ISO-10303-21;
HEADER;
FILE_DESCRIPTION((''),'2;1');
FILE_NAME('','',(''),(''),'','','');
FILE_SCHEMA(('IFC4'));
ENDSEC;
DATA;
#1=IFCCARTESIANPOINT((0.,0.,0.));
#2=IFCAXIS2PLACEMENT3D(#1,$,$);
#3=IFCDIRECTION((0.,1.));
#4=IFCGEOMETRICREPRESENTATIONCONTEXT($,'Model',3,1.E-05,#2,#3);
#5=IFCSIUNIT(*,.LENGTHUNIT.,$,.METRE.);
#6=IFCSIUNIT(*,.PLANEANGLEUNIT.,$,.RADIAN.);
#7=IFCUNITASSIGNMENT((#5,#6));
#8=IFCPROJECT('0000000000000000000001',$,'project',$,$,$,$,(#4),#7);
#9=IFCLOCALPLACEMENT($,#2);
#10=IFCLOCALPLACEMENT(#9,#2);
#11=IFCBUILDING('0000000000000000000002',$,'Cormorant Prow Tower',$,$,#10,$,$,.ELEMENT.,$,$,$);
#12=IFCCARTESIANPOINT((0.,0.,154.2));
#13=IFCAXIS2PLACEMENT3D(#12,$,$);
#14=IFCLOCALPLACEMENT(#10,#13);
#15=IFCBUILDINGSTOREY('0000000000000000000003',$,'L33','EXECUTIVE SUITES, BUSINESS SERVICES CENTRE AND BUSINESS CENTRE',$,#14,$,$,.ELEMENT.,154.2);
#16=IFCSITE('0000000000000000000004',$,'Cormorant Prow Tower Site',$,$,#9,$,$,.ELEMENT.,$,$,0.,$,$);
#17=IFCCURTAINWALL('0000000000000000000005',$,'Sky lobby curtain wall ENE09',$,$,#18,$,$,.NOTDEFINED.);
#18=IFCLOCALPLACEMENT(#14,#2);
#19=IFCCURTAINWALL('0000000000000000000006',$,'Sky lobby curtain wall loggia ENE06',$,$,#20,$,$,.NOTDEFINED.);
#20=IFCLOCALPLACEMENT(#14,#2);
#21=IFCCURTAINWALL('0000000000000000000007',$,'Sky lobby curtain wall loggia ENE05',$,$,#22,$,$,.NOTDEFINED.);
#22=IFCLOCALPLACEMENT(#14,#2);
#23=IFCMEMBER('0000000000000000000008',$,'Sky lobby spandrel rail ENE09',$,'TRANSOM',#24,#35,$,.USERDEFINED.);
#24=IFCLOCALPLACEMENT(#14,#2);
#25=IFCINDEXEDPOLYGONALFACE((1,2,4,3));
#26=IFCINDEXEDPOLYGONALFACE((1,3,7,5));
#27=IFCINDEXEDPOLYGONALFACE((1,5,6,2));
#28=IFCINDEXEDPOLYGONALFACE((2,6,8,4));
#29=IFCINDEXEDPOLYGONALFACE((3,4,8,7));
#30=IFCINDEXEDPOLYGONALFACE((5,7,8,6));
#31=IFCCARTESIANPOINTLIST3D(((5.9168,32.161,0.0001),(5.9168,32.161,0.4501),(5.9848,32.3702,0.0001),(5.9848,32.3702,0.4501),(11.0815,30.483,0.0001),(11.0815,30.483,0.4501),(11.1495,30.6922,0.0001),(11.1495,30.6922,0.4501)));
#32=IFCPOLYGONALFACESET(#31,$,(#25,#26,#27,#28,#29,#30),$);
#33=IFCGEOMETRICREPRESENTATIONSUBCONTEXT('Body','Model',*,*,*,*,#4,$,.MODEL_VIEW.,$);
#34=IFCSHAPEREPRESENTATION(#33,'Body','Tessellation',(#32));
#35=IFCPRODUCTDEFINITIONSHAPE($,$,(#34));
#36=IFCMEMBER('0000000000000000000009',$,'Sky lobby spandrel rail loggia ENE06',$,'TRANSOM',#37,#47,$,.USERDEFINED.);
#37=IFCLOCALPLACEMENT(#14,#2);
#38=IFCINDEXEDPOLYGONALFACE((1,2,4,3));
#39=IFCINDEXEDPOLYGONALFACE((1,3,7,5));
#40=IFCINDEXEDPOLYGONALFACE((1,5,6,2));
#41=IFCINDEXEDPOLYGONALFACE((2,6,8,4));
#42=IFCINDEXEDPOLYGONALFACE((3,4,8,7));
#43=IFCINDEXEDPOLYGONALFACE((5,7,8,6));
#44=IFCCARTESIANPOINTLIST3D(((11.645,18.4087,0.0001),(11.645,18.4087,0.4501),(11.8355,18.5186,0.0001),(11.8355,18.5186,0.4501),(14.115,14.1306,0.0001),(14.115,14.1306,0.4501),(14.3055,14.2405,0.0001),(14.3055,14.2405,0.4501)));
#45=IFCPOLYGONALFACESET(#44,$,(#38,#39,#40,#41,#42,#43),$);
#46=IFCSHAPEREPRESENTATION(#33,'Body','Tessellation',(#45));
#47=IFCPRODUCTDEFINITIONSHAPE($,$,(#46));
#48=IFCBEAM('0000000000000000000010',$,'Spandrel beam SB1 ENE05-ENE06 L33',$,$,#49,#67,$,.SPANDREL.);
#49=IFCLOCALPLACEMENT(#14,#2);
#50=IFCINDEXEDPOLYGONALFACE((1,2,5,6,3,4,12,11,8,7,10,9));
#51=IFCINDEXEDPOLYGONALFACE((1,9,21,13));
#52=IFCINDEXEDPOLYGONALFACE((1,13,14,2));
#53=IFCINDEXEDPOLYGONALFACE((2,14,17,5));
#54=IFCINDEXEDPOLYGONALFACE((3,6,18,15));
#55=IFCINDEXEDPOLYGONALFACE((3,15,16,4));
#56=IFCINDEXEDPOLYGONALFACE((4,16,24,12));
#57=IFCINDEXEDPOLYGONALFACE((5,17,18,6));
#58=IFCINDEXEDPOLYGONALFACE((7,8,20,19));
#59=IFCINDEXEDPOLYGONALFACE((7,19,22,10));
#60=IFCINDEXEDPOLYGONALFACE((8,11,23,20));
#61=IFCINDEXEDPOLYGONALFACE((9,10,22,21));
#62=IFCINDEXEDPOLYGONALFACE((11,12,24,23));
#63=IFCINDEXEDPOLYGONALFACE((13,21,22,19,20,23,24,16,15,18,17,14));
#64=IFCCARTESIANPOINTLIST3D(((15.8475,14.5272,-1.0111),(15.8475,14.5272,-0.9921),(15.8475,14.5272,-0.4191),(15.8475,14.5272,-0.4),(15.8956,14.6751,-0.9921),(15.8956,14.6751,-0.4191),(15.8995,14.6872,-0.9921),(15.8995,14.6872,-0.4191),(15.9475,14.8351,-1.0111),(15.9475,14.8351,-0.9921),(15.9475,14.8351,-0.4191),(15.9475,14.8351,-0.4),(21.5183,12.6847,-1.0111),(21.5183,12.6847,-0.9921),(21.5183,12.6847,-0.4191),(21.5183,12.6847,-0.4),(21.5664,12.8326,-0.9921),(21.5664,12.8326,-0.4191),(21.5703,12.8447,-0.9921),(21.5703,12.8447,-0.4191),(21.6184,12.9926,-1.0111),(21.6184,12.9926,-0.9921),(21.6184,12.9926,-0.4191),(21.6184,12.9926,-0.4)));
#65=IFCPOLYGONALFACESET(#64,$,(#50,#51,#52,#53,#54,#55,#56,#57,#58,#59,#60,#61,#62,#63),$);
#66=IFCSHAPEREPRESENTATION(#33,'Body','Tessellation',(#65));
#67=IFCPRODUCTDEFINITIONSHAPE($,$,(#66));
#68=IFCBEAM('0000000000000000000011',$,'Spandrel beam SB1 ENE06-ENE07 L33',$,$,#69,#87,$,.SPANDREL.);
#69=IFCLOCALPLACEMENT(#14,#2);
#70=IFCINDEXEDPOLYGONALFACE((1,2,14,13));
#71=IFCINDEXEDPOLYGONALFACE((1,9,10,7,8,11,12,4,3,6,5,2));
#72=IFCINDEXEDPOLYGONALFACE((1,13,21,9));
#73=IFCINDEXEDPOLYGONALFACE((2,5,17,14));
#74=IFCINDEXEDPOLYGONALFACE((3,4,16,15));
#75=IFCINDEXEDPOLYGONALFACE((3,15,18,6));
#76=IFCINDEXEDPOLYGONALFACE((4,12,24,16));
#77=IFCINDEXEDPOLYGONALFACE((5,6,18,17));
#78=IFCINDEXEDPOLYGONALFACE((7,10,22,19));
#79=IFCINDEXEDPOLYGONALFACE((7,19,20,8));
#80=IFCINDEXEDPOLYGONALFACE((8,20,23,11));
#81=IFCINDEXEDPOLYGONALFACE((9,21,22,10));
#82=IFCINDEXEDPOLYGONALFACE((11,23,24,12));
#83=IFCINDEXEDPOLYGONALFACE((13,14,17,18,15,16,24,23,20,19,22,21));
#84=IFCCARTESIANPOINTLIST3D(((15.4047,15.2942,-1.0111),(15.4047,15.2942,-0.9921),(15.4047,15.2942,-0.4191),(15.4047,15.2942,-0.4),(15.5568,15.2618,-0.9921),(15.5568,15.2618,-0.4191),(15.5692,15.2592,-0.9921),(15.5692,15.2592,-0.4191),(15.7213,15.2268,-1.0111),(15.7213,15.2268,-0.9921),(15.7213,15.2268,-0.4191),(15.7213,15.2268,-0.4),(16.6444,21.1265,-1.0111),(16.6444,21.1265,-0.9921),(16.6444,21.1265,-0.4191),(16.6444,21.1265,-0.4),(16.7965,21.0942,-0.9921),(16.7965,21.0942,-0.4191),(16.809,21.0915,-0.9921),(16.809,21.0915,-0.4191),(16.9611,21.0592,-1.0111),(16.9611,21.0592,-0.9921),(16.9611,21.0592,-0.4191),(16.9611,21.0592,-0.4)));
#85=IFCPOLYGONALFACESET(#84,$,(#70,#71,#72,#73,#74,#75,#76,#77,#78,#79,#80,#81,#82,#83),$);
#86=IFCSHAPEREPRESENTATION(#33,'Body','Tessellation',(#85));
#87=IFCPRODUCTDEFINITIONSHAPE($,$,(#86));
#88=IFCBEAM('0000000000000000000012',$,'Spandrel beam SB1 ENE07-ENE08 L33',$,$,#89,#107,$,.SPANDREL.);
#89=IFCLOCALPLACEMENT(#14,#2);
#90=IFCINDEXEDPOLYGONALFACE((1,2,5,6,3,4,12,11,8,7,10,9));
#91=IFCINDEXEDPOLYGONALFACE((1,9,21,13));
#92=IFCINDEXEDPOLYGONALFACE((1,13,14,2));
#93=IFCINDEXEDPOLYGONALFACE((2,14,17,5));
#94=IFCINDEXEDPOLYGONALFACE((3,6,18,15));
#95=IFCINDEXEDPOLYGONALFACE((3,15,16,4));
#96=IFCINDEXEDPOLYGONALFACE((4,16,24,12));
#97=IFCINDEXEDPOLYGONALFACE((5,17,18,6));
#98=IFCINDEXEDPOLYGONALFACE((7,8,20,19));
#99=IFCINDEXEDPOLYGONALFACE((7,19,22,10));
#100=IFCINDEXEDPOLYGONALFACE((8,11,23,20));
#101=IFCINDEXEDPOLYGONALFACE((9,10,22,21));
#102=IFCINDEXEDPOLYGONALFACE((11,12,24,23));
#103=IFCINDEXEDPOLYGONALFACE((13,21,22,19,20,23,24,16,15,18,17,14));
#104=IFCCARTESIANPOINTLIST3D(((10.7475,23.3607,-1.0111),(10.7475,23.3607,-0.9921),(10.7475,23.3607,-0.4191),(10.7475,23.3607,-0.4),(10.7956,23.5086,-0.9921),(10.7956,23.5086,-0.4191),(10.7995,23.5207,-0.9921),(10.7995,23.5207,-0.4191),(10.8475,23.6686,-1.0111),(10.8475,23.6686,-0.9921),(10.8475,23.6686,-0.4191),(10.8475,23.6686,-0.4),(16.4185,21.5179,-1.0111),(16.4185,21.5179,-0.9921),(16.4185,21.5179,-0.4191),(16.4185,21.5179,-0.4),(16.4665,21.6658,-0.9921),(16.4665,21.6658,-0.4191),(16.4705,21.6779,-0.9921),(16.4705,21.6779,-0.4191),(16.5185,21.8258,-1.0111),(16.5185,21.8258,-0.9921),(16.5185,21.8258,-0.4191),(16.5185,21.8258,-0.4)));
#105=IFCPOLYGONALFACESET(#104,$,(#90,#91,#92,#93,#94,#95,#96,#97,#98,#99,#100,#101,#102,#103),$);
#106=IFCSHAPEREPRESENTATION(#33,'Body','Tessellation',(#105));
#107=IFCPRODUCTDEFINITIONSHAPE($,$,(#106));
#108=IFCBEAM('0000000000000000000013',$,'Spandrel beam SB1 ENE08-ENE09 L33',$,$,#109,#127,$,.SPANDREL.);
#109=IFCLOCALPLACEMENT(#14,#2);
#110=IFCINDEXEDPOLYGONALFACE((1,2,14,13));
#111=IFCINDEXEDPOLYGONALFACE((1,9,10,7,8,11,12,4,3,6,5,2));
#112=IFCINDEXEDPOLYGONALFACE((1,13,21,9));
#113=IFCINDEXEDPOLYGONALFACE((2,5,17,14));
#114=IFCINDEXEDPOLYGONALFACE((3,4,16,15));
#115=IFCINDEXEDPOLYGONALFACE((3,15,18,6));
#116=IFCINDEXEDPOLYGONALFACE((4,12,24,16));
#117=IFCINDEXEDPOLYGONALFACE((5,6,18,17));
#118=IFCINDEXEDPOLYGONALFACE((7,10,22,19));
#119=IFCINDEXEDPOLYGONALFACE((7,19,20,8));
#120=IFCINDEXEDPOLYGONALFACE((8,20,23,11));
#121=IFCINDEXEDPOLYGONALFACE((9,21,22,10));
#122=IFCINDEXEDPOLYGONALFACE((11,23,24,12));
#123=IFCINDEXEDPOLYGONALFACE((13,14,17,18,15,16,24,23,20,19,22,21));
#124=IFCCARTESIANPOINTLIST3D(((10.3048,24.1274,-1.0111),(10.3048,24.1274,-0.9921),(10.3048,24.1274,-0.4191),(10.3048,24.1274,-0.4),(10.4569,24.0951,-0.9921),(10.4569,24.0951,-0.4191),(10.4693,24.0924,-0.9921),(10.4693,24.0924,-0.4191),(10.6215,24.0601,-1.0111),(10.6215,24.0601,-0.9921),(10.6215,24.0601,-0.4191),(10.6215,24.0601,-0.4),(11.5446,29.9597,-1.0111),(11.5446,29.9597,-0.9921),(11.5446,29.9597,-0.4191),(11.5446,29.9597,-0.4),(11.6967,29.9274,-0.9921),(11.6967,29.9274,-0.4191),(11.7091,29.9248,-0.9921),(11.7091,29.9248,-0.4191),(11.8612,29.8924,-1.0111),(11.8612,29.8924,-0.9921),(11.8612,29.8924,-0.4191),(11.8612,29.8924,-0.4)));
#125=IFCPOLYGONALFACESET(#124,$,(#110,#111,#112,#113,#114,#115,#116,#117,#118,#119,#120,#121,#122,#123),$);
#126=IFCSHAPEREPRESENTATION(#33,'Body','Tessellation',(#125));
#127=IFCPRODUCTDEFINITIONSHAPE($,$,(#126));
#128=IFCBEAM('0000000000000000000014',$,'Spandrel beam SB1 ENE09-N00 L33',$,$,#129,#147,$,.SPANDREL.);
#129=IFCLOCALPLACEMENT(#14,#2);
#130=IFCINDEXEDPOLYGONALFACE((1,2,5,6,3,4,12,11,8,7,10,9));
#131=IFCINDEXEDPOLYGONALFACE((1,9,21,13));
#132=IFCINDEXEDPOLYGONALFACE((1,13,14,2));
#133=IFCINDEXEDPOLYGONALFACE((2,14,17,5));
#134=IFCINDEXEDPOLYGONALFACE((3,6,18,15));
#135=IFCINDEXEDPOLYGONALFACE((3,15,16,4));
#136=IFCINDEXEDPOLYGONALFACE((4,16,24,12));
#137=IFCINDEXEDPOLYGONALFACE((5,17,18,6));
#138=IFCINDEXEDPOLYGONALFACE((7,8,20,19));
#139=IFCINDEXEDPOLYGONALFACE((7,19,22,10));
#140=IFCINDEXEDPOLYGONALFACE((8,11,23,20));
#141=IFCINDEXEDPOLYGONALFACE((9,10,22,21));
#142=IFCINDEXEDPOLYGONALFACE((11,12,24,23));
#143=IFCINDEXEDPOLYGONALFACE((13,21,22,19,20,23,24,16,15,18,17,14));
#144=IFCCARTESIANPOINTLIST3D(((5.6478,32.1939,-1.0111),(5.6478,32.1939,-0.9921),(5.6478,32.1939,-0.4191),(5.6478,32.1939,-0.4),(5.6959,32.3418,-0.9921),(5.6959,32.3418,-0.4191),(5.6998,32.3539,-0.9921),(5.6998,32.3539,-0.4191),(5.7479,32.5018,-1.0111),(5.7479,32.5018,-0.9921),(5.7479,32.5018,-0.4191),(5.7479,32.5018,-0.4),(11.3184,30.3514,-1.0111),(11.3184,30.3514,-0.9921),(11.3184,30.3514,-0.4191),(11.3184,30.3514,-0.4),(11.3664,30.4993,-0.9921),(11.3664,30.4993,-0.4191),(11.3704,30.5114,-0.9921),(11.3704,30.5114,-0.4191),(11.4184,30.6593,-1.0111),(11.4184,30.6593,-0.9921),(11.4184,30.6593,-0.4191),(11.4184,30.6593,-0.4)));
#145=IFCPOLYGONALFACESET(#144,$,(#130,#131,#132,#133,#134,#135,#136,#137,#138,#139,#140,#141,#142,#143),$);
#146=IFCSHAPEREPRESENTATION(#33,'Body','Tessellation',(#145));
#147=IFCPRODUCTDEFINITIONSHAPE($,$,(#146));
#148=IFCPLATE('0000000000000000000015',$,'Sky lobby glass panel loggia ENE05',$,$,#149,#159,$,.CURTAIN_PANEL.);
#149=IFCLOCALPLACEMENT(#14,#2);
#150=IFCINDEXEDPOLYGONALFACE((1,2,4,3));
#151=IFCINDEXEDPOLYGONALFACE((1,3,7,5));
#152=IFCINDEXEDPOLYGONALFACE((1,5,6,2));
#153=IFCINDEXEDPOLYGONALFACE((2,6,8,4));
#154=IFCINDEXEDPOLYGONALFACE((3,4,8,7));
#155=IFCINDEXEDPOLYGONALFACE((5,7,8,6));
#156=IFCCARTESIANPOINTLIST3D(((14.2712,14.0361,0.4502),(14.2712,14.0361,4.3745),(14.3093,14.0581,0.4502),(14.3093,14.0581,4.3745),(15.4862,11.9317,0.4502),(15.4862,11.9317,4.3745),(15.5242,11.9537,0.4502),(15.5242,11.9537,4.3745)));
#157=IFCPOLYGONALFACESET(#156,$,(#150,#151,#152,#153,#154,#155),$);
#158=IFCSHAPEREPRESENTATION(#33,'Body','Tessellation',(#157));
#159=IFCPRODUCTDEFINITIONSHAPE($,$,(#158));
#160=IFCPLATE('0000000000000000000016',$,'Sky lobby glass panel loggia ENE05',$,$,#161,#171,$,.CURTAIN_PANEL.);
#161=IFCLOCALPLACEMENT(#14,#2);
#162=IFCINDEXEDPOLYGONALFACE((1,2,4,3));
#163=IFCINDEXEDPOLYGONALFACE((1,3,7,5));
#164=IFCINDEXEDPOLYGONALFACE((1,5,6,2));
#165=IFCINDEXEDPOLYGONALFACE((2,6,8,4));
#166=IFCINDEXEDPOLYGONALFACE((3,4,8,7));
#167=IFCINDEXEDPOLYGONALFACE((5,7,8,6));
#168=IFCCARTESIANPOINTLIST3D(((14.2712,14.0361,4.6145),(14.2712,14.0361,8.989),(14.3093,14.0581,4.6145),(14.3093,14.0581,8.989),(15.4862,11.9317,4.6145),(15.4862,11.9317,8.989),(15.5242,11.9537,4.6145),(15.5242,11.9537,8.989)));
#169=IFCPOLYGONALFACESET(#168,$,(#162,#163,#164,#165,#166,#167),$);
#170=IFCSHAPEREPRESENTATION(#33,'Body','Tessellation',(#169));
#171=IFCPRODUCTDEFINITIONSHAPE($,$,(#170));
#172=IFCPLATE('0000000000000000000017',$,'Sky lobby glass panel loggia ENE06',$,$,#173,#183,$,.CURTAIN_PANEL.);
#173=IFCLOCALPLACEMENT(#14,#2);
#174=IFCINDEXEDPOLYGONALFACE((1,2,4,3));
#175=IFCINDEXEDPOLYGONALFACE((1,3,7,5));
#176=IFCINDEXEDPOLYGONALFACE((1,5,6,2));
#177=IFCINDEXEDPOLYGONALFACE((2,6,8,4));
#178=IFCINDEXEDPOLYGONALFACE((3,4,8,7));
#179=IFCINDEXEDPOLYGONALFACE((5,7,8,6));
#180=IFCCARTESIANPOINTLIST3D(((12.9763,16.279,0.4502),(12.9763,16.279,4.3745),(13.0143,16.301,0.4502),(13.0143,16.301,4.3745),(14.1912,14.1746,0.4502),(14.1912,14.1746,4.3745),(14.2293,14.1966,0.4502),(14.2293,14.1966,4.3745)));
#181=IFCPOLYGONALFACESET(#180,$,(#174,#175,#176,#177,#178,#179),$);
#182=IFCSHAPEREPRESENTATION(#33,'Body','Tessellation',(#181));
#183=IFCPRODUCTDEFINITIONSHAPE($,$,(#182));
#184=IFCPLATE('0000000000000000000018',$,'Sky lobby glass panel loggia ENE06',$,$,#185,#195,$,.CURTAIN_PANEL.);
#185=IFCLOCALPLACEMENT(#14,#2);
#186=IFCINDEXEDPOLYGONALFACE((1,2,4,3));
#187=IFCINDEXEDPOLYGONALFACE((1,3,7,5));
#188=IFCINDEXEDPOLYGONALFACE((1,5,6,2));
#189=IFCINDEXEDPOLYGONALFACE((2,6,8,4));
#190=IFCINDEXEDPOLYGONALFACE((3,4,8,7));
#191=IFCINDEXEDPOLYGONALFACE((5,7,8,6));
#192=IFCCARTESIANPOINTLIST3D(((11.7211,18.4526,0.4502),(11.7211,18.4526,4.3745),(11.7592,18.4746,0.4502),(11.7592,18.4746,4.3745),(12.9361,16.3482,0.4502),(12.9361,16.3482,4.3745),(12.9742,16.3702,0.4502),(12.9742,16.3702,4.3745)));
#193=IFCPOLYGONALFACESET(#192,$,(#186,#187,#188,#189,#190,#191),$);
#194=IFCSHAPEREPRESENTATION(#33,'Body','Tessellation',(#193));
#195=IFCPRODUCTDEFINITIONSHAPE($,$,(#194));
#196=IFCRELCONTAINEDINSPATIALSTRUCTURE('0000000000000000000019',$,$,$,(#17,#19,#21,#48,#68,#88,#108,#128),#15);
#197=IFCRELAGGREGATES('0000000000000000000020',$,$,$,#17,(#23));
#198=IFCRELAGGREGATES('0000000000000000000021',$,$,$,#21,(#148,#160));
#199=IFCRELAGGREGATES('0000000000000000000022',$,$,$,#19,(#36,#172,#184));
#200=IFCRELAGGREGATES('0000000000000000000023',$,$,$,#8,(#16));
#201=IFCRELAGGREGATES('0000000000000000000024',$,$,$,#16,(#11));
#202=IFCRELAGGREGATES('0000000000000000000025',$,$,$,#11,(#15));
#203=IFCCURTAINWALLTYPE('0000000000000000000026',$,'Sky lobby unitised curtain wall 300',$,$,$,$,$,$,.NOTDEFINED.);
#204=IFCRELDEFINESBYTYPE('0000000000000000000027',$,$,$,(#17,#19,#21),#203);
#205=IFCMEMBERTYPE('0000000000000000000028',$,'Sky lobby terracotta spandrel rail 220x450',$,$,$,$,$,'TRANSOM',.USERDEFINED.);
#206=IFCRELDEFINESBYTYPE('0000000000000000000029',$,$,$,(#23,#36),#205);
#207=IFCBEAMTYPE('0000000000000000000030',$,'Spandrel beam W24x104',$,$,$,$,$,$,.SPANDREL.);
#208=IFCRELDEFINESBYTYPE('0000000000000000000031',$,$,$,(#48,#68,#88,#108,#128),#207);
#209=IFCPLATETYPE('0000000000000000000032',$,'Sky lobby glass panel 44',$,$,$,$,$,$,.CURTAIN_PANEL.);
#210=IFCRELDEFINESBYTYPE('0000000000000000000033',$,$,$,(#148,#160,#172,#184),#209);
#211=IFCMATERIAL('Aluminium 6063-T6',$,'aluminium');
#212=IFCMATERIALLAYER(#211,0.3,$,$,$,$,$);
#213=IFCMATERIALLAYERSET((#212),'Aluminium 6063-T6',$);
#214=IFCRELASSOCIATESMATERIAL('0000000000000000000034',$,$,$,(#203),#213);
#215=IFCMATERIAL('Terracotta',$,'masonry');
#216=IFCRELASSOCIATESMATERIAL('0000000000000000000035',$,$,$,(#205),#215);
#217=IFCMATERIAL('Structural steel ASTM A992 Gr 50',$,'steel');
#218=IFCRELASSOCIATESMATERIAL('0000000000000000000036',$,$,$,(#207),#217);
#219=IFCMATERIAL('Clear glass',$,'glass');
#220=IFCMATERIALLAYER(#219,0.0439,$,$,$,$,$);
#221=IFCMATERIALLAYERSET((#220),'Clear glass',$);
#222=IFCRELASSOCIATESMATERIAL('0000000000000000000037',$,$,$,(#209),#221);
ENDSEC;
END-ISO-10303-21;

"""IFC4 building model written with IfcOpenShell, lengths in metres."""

from ifc_helpers import new_model, si_unit, direction, frame, origin, origin_2d, place, context, subcontext, project, spatial, rectangle, i_section, extrude, material, layer, layer_set, material_profile, profile_set, type_object, element, aggregate, save


model = new_model("IFC4")

# Units and contexts
model_context = context("Model", 3, precision=1e-05, world=origin(), true_north=direction((0.0, 1.0)))
body_context = subcontext(model_context, "Body", "Model", "MODEL_VIEW")
ifc_project = project(units=[si_unit("LENGTHUNIT", "METRE"), si_unit("PLANEANGLEUNIT", "RADIAN")], contexts=[model_context])

# Site, building, storey
site_placement = place(None, origin())
site = spatial("IfcSite", under=ifc_project, at=site_placement, Name="Cormorant Prow Tower Site", CompositionType="ELEMENT", RefElevation=0.0)
building_placement = place(site_placement, origin())
building = spatial("IfcBuilding", under=site, at=building_placement, Name="Cormorant Prow Tower", CompositionType="ELEMENT")
storey_placement = place(building_placement, frame((0.0, 0.0, 154.2)))
storey = spatial("IfcBuildingStorey", under=building, at=storey_placement, Name="L33", Description="EXECUTIVE SUITES, BUSINESS SERVICES CENTRE AND BUSINESS CENTRE", CompositionType="ELEMENT", Elevation=154.2)

# Curtain wall
ifc_material_1 = material(Name="Aluminium 6063-T6", Category="aluminium")
ifc_layer_1 = layer(ifc_material_1, 0.3)
ifc_layer_set_1 = layer_set([ifc_layer_1], Name="Aluminium 6063-T6")
curtain_wall_type = type_object("IfcCurtainWallType", Name="Sky lobby unitised curtain wall 300", PredefinedType="NOTDEFINED", material=ifc_layer_set_1)
curtain_wall_1_placement = place(storey_placement, origin())
curtain_wall_1 = element("IfcCurtainWall", 1, at=curtain_wall_1_placement, inside=storey, type_object=curtain_wall_type, Name="Sky lobby curtain wall ENE09", PredefinedType="NOTDEFINED")

# Curtain wall
curtain_wall_2_placement = place(storey_placement, origin())
curtain_wall_2 = element("IfcCurtainWall", 2, at=curtain_wall_2_placement, inside=storey, type_object=curtain_wall_type, Name="Sky lobby curtain wall loggia ENE06", PredefinedType="NOTDEFINED")

# Curtain wall
curtain_wall_3_placement = place(storey_placement, origin())
curtain_wall_3 = element("IfcCurtainWall", 3, at=curtain_wall_3_placement, inside=storey, type_object=curtain_wall_type, Name="Sky lobby curtain wall loggia ENE05", PredefinedType="NOTDEFINED")

# Members
ifc_material_2 = material(Name="Terracotta", Category="masonry")
ifc_material_profile_1 = material_profile(ifc_material_2, rectangle(XDim=0.22, YDim=0.45, at=origin_2d()), Name="Sky lobby terracotta spandrel rail 220x450")
ifc_profile_set_1 = profile_set([ifc_material_profile_1], Name="Terracotta")
member_type_1 = type_object("IfcMemberType", Name="Sky lobby terracotta spandrel rail 220x450", ElementType="TRANSOM", PredefinedType="USERDEFINED", material=ifc_profile_set_1)
member_1_placement = place(storey_placement, frame((11.1155, 30.5876, 0.2251), z_axis=(-0.951065, 0.308989, 0.0), x_axis=(-0.308989, -0.951065, 0.0)))
member_1 = element("IfcMember", 4, at=member_1_placement, type_object=member_type_1, Name="Sky lobby spandrel rail ENE09", ObjectType="TRANSOM", PredefinedType="USERDEFINED", context=body_context, shape_type="SweptSolid", body=[
    extrude(rectangle(XDim=0.22, YDim=0.45, at=origin_2d()), origin(), (0.0, 0.0, 1.0), 5.4304),
])
aggregate(curtain_wall_1, [member_1])
member_2_placement = place(storey_placement, frame((14.2102, 14.1855, 0.2251), z_axis=(-0.500003, 0.866023, 0.0), x_axis=(-0.866023, -0.500003, 0.0)))
member_2 = element("IfcMember", 5, at=member_2_placement, type_object=member_type_1, Name="Sky lobby spandrel rail loggia ENE06", ObjectType="TRANSOM", PredefinedType="USERDEFINED", context=body_context, shape_type="SweptSolid", body=[
    extrude(rectangle(XDim=0.22, YDim=0.45, at=origin_2d()), origin(), (0.0, 0.0, 1.0), 4.9399),
])

# Beams
ifc_material_3 = material(Name="Structural steel ASTM A992 Gr 50", Category="steel")
ifc_material_profile_2 = material_profile(ifc_material_3, i_section(OverallWidth=0.3237, OverallDepth=0.6111, WebThickness=0.0127, FlangeThickness=0.019, at=origin_2d()), Name="W24x104")
ifc_profile_set_2 = profile_set([ifc_material_profile_2], Name="Structural steel ASTM A992 Gr 50")
beam_type = type_object("IfcBeamType", Name="Spandrel beam W24x104", PredefinedType="SPANDREL", material=ifc_profile_set_2)
for number, where, z_axis, x_axis, name in (
    (6, (21.5684, 12.8386, -0.7056), (-0.951059, 0.309008, 0.0), (-0.309008, -0.951059, 0.0), "Spandrel beam SB1 ENE05-ENE06 L33"),
    (7, (15.563, 15.2605, -0.7056), (0.207921, 0.978146, 0.0), (-0.978146, 0.207921, 0.0), "Spandrel beam SB1 ENE06-ENE07 L33"),
):
    element("IfcBeam", number, at=place(storey_placement, frame(where, z_axis=z_axis, x_axis=x_axis)), inside=storey, type_object=beam_type, Name=name, PredefinedType="SPANDREL", context=body_context, shape_type="SweptSolid", body=[
        extrude(i_section(OverallWidth=0.3237, OverallDepth=0.6111, WebThickness=0.0127, FlangeThickness=0.019, at=origin_2d()), origin(), (0.0, 0.0, 1.0), 5.9626),
    ])
beam_1_placement = place(storey_placement, frame((16.4685, 21.6719, -0.7056), z_axis=(-0.951047, 0.309045, 0.0), x_axis=(-0.309045, -0.951047, 0.0)))
element("IfcBeam", 8, at=beam_1_placement, inside=storey, type_object=beam_type, Name="Spandrel beam SB1 ENE07-ENE08 L33", PredefinedType="SPANDREL", context=body_context, shape_type="SweptSolid", body=[
    extrude(i_section(OverallWidth=0.3237, OverallDepth=0.6111, WebThickness=0.0127, FlangeThickness=0.019, at=origin_2d()), origin(), (0.0, 0.0, 1.0), 5.9629),
])
beam_2_placement = place(storey_placement, frame((10.4631, 24.0938, -0.7056), z_axis=(0.207921, 0.978146, 0.0), x_axis=(-0.978146, 0.207921, 0.0)))
element("IfcBeam", 9, at=beam_2_placement, inside=storey, type_object=beam_type, Name="Spandrel beam SB1 ENE08-ENE09 L33", PredefinedType="SPANDREL", context=body_context, shape_type="SweptSolid", body=[
    extrude(i_section(OverallWidth=0.3237, OverallDepth=0.6111, WebThickness=0.0127, FlangeThickness=0.019, at=origin_2d()), origin(), (0.0, 0.0, 1.0), 5.9626),
])
beam_3_placement = place(storey_placement, frame((11.3684, 30.5054, -0.7056), z_axis=(-0.951055, 0.30902, 0.0), x_axis=(-0.30902, -0.951055, 0.0)))
element("IfcBeam", 10, at=beam_3_placement, inside=storey, type_object=beam_type, Name="Spandrel beam SB1 ENE09-N00 L33", PredefinedType="SPANDREL", context=body_context, shape_type="SweptSolid", body=[
    extrude(i_section(OverallWidth=0.3237, OverallDepth=0.6111, WebThickness=0.0127, FlangeThickness=0.019, at=origin_2d()), origin(), (0.0, 0.0, 1.0), 5.9624),
])

# Plates
ifc_material_4 = material(Name="Clear glass", Category="glass")
ifc_layer_2 = layer(ifc_material_4, 0.0439)
ifc_layer_set_2 = layer_set([ifc_layer_2], Name="Clear glass")
plate_type = type_object("IfcPlateType", Name="Sky lobby glass panel 44", PredefinedType="CURTAIN_PANEL", material=ifc_layer_set_2)
plate_1_placement = place(storey_placement, frame((14.8977, 12.9949, 0.4502), z_axis=(0.0, 0.0, 1.0), x_axis=(-0.5, 0.866025, 0.0)))
plate_1 = element("IfcPlate", 11, at=plate_1_placement, type_object=plate_type, Name="Sky lobby glass panel loggia ENE05", PredefinedType="CURTAIN_PANEL", context=body_context, shape_type="SweptSolid", body=[
    extrude(rectangle(XDim=2.4299, YDim=0.0439, at=origin_2d()), origin(), (0.0, 0.0, 1.0), 3.9243),
])
plate_2_placement = place(storey_placement, frame((14.8977, 12.9949, 4.6145), z_axis=(0.0, 0.0, 1.0), x_axis=(-0.5, 0.866025, 0.0)))
plate_2 = element("IfcPlate", 12, at=plate_2_placement, type_object=plate_type, Name="Sky lobby glass panel loggia ENE05", PredefinedType="CURTAIN_PANEL", context=body_context, shape_type="SweptSolid", body=[
    extrude(rectangle(XDim=2.4299, YDim=0.0439, at=origin_2d()), origin(), (0.0, 0.0, 1.0), 4.3745),
])
aggregate(curtain_wall_3, [plate_1, plate_2])
plate_3_placement = place(storey_placement, frame((13.6028, 15.2378, 0.4502), z_axis=(0.0, 0.0, 1.0), x_axis=(-0.5, 0.866025, 0.0)))
plate_3 = element("IfcPlate", 13, at=plate_3_placement, type_object=plate_type, Name="Sky lobby glass panel loggia ENE06", PredefinedType="CURTAIN_PANEL", context=body_context, shape_type="SweptSolid", body=[
    extrude(rectangle(XDim=2.4299, YDim=0.0439, at=origin_2d()), origin(), (0.0, 0.0, 1.0), 3.9243),
])
plate_4_placement = place(storey_placement, frame((12.3477, 17.4114, 0.4502), z_axis=(0.0, 0.0, 1.0), x_axis=(-0.5, 0.866025, 0.0)))
plate_4 = element("IfcPlate", 14, at=plate_4_placement, type_object=plate_type, Name="Sky lobby glass panel loggia ENE06", PredefinedType="CURTAIN_PANEL", context=body_context, shape_type="SweptSolid", body=[
    extrude(rectangle(XDim=2.4299, YDim=0.0439, at=origin_2d()), origin(), (0.0, 0.0, 1.0), 3.9243),
])
aggregate(curtain_wall_2, [member_2, plate_3, plate_4])

save(model, "model.ifc")
